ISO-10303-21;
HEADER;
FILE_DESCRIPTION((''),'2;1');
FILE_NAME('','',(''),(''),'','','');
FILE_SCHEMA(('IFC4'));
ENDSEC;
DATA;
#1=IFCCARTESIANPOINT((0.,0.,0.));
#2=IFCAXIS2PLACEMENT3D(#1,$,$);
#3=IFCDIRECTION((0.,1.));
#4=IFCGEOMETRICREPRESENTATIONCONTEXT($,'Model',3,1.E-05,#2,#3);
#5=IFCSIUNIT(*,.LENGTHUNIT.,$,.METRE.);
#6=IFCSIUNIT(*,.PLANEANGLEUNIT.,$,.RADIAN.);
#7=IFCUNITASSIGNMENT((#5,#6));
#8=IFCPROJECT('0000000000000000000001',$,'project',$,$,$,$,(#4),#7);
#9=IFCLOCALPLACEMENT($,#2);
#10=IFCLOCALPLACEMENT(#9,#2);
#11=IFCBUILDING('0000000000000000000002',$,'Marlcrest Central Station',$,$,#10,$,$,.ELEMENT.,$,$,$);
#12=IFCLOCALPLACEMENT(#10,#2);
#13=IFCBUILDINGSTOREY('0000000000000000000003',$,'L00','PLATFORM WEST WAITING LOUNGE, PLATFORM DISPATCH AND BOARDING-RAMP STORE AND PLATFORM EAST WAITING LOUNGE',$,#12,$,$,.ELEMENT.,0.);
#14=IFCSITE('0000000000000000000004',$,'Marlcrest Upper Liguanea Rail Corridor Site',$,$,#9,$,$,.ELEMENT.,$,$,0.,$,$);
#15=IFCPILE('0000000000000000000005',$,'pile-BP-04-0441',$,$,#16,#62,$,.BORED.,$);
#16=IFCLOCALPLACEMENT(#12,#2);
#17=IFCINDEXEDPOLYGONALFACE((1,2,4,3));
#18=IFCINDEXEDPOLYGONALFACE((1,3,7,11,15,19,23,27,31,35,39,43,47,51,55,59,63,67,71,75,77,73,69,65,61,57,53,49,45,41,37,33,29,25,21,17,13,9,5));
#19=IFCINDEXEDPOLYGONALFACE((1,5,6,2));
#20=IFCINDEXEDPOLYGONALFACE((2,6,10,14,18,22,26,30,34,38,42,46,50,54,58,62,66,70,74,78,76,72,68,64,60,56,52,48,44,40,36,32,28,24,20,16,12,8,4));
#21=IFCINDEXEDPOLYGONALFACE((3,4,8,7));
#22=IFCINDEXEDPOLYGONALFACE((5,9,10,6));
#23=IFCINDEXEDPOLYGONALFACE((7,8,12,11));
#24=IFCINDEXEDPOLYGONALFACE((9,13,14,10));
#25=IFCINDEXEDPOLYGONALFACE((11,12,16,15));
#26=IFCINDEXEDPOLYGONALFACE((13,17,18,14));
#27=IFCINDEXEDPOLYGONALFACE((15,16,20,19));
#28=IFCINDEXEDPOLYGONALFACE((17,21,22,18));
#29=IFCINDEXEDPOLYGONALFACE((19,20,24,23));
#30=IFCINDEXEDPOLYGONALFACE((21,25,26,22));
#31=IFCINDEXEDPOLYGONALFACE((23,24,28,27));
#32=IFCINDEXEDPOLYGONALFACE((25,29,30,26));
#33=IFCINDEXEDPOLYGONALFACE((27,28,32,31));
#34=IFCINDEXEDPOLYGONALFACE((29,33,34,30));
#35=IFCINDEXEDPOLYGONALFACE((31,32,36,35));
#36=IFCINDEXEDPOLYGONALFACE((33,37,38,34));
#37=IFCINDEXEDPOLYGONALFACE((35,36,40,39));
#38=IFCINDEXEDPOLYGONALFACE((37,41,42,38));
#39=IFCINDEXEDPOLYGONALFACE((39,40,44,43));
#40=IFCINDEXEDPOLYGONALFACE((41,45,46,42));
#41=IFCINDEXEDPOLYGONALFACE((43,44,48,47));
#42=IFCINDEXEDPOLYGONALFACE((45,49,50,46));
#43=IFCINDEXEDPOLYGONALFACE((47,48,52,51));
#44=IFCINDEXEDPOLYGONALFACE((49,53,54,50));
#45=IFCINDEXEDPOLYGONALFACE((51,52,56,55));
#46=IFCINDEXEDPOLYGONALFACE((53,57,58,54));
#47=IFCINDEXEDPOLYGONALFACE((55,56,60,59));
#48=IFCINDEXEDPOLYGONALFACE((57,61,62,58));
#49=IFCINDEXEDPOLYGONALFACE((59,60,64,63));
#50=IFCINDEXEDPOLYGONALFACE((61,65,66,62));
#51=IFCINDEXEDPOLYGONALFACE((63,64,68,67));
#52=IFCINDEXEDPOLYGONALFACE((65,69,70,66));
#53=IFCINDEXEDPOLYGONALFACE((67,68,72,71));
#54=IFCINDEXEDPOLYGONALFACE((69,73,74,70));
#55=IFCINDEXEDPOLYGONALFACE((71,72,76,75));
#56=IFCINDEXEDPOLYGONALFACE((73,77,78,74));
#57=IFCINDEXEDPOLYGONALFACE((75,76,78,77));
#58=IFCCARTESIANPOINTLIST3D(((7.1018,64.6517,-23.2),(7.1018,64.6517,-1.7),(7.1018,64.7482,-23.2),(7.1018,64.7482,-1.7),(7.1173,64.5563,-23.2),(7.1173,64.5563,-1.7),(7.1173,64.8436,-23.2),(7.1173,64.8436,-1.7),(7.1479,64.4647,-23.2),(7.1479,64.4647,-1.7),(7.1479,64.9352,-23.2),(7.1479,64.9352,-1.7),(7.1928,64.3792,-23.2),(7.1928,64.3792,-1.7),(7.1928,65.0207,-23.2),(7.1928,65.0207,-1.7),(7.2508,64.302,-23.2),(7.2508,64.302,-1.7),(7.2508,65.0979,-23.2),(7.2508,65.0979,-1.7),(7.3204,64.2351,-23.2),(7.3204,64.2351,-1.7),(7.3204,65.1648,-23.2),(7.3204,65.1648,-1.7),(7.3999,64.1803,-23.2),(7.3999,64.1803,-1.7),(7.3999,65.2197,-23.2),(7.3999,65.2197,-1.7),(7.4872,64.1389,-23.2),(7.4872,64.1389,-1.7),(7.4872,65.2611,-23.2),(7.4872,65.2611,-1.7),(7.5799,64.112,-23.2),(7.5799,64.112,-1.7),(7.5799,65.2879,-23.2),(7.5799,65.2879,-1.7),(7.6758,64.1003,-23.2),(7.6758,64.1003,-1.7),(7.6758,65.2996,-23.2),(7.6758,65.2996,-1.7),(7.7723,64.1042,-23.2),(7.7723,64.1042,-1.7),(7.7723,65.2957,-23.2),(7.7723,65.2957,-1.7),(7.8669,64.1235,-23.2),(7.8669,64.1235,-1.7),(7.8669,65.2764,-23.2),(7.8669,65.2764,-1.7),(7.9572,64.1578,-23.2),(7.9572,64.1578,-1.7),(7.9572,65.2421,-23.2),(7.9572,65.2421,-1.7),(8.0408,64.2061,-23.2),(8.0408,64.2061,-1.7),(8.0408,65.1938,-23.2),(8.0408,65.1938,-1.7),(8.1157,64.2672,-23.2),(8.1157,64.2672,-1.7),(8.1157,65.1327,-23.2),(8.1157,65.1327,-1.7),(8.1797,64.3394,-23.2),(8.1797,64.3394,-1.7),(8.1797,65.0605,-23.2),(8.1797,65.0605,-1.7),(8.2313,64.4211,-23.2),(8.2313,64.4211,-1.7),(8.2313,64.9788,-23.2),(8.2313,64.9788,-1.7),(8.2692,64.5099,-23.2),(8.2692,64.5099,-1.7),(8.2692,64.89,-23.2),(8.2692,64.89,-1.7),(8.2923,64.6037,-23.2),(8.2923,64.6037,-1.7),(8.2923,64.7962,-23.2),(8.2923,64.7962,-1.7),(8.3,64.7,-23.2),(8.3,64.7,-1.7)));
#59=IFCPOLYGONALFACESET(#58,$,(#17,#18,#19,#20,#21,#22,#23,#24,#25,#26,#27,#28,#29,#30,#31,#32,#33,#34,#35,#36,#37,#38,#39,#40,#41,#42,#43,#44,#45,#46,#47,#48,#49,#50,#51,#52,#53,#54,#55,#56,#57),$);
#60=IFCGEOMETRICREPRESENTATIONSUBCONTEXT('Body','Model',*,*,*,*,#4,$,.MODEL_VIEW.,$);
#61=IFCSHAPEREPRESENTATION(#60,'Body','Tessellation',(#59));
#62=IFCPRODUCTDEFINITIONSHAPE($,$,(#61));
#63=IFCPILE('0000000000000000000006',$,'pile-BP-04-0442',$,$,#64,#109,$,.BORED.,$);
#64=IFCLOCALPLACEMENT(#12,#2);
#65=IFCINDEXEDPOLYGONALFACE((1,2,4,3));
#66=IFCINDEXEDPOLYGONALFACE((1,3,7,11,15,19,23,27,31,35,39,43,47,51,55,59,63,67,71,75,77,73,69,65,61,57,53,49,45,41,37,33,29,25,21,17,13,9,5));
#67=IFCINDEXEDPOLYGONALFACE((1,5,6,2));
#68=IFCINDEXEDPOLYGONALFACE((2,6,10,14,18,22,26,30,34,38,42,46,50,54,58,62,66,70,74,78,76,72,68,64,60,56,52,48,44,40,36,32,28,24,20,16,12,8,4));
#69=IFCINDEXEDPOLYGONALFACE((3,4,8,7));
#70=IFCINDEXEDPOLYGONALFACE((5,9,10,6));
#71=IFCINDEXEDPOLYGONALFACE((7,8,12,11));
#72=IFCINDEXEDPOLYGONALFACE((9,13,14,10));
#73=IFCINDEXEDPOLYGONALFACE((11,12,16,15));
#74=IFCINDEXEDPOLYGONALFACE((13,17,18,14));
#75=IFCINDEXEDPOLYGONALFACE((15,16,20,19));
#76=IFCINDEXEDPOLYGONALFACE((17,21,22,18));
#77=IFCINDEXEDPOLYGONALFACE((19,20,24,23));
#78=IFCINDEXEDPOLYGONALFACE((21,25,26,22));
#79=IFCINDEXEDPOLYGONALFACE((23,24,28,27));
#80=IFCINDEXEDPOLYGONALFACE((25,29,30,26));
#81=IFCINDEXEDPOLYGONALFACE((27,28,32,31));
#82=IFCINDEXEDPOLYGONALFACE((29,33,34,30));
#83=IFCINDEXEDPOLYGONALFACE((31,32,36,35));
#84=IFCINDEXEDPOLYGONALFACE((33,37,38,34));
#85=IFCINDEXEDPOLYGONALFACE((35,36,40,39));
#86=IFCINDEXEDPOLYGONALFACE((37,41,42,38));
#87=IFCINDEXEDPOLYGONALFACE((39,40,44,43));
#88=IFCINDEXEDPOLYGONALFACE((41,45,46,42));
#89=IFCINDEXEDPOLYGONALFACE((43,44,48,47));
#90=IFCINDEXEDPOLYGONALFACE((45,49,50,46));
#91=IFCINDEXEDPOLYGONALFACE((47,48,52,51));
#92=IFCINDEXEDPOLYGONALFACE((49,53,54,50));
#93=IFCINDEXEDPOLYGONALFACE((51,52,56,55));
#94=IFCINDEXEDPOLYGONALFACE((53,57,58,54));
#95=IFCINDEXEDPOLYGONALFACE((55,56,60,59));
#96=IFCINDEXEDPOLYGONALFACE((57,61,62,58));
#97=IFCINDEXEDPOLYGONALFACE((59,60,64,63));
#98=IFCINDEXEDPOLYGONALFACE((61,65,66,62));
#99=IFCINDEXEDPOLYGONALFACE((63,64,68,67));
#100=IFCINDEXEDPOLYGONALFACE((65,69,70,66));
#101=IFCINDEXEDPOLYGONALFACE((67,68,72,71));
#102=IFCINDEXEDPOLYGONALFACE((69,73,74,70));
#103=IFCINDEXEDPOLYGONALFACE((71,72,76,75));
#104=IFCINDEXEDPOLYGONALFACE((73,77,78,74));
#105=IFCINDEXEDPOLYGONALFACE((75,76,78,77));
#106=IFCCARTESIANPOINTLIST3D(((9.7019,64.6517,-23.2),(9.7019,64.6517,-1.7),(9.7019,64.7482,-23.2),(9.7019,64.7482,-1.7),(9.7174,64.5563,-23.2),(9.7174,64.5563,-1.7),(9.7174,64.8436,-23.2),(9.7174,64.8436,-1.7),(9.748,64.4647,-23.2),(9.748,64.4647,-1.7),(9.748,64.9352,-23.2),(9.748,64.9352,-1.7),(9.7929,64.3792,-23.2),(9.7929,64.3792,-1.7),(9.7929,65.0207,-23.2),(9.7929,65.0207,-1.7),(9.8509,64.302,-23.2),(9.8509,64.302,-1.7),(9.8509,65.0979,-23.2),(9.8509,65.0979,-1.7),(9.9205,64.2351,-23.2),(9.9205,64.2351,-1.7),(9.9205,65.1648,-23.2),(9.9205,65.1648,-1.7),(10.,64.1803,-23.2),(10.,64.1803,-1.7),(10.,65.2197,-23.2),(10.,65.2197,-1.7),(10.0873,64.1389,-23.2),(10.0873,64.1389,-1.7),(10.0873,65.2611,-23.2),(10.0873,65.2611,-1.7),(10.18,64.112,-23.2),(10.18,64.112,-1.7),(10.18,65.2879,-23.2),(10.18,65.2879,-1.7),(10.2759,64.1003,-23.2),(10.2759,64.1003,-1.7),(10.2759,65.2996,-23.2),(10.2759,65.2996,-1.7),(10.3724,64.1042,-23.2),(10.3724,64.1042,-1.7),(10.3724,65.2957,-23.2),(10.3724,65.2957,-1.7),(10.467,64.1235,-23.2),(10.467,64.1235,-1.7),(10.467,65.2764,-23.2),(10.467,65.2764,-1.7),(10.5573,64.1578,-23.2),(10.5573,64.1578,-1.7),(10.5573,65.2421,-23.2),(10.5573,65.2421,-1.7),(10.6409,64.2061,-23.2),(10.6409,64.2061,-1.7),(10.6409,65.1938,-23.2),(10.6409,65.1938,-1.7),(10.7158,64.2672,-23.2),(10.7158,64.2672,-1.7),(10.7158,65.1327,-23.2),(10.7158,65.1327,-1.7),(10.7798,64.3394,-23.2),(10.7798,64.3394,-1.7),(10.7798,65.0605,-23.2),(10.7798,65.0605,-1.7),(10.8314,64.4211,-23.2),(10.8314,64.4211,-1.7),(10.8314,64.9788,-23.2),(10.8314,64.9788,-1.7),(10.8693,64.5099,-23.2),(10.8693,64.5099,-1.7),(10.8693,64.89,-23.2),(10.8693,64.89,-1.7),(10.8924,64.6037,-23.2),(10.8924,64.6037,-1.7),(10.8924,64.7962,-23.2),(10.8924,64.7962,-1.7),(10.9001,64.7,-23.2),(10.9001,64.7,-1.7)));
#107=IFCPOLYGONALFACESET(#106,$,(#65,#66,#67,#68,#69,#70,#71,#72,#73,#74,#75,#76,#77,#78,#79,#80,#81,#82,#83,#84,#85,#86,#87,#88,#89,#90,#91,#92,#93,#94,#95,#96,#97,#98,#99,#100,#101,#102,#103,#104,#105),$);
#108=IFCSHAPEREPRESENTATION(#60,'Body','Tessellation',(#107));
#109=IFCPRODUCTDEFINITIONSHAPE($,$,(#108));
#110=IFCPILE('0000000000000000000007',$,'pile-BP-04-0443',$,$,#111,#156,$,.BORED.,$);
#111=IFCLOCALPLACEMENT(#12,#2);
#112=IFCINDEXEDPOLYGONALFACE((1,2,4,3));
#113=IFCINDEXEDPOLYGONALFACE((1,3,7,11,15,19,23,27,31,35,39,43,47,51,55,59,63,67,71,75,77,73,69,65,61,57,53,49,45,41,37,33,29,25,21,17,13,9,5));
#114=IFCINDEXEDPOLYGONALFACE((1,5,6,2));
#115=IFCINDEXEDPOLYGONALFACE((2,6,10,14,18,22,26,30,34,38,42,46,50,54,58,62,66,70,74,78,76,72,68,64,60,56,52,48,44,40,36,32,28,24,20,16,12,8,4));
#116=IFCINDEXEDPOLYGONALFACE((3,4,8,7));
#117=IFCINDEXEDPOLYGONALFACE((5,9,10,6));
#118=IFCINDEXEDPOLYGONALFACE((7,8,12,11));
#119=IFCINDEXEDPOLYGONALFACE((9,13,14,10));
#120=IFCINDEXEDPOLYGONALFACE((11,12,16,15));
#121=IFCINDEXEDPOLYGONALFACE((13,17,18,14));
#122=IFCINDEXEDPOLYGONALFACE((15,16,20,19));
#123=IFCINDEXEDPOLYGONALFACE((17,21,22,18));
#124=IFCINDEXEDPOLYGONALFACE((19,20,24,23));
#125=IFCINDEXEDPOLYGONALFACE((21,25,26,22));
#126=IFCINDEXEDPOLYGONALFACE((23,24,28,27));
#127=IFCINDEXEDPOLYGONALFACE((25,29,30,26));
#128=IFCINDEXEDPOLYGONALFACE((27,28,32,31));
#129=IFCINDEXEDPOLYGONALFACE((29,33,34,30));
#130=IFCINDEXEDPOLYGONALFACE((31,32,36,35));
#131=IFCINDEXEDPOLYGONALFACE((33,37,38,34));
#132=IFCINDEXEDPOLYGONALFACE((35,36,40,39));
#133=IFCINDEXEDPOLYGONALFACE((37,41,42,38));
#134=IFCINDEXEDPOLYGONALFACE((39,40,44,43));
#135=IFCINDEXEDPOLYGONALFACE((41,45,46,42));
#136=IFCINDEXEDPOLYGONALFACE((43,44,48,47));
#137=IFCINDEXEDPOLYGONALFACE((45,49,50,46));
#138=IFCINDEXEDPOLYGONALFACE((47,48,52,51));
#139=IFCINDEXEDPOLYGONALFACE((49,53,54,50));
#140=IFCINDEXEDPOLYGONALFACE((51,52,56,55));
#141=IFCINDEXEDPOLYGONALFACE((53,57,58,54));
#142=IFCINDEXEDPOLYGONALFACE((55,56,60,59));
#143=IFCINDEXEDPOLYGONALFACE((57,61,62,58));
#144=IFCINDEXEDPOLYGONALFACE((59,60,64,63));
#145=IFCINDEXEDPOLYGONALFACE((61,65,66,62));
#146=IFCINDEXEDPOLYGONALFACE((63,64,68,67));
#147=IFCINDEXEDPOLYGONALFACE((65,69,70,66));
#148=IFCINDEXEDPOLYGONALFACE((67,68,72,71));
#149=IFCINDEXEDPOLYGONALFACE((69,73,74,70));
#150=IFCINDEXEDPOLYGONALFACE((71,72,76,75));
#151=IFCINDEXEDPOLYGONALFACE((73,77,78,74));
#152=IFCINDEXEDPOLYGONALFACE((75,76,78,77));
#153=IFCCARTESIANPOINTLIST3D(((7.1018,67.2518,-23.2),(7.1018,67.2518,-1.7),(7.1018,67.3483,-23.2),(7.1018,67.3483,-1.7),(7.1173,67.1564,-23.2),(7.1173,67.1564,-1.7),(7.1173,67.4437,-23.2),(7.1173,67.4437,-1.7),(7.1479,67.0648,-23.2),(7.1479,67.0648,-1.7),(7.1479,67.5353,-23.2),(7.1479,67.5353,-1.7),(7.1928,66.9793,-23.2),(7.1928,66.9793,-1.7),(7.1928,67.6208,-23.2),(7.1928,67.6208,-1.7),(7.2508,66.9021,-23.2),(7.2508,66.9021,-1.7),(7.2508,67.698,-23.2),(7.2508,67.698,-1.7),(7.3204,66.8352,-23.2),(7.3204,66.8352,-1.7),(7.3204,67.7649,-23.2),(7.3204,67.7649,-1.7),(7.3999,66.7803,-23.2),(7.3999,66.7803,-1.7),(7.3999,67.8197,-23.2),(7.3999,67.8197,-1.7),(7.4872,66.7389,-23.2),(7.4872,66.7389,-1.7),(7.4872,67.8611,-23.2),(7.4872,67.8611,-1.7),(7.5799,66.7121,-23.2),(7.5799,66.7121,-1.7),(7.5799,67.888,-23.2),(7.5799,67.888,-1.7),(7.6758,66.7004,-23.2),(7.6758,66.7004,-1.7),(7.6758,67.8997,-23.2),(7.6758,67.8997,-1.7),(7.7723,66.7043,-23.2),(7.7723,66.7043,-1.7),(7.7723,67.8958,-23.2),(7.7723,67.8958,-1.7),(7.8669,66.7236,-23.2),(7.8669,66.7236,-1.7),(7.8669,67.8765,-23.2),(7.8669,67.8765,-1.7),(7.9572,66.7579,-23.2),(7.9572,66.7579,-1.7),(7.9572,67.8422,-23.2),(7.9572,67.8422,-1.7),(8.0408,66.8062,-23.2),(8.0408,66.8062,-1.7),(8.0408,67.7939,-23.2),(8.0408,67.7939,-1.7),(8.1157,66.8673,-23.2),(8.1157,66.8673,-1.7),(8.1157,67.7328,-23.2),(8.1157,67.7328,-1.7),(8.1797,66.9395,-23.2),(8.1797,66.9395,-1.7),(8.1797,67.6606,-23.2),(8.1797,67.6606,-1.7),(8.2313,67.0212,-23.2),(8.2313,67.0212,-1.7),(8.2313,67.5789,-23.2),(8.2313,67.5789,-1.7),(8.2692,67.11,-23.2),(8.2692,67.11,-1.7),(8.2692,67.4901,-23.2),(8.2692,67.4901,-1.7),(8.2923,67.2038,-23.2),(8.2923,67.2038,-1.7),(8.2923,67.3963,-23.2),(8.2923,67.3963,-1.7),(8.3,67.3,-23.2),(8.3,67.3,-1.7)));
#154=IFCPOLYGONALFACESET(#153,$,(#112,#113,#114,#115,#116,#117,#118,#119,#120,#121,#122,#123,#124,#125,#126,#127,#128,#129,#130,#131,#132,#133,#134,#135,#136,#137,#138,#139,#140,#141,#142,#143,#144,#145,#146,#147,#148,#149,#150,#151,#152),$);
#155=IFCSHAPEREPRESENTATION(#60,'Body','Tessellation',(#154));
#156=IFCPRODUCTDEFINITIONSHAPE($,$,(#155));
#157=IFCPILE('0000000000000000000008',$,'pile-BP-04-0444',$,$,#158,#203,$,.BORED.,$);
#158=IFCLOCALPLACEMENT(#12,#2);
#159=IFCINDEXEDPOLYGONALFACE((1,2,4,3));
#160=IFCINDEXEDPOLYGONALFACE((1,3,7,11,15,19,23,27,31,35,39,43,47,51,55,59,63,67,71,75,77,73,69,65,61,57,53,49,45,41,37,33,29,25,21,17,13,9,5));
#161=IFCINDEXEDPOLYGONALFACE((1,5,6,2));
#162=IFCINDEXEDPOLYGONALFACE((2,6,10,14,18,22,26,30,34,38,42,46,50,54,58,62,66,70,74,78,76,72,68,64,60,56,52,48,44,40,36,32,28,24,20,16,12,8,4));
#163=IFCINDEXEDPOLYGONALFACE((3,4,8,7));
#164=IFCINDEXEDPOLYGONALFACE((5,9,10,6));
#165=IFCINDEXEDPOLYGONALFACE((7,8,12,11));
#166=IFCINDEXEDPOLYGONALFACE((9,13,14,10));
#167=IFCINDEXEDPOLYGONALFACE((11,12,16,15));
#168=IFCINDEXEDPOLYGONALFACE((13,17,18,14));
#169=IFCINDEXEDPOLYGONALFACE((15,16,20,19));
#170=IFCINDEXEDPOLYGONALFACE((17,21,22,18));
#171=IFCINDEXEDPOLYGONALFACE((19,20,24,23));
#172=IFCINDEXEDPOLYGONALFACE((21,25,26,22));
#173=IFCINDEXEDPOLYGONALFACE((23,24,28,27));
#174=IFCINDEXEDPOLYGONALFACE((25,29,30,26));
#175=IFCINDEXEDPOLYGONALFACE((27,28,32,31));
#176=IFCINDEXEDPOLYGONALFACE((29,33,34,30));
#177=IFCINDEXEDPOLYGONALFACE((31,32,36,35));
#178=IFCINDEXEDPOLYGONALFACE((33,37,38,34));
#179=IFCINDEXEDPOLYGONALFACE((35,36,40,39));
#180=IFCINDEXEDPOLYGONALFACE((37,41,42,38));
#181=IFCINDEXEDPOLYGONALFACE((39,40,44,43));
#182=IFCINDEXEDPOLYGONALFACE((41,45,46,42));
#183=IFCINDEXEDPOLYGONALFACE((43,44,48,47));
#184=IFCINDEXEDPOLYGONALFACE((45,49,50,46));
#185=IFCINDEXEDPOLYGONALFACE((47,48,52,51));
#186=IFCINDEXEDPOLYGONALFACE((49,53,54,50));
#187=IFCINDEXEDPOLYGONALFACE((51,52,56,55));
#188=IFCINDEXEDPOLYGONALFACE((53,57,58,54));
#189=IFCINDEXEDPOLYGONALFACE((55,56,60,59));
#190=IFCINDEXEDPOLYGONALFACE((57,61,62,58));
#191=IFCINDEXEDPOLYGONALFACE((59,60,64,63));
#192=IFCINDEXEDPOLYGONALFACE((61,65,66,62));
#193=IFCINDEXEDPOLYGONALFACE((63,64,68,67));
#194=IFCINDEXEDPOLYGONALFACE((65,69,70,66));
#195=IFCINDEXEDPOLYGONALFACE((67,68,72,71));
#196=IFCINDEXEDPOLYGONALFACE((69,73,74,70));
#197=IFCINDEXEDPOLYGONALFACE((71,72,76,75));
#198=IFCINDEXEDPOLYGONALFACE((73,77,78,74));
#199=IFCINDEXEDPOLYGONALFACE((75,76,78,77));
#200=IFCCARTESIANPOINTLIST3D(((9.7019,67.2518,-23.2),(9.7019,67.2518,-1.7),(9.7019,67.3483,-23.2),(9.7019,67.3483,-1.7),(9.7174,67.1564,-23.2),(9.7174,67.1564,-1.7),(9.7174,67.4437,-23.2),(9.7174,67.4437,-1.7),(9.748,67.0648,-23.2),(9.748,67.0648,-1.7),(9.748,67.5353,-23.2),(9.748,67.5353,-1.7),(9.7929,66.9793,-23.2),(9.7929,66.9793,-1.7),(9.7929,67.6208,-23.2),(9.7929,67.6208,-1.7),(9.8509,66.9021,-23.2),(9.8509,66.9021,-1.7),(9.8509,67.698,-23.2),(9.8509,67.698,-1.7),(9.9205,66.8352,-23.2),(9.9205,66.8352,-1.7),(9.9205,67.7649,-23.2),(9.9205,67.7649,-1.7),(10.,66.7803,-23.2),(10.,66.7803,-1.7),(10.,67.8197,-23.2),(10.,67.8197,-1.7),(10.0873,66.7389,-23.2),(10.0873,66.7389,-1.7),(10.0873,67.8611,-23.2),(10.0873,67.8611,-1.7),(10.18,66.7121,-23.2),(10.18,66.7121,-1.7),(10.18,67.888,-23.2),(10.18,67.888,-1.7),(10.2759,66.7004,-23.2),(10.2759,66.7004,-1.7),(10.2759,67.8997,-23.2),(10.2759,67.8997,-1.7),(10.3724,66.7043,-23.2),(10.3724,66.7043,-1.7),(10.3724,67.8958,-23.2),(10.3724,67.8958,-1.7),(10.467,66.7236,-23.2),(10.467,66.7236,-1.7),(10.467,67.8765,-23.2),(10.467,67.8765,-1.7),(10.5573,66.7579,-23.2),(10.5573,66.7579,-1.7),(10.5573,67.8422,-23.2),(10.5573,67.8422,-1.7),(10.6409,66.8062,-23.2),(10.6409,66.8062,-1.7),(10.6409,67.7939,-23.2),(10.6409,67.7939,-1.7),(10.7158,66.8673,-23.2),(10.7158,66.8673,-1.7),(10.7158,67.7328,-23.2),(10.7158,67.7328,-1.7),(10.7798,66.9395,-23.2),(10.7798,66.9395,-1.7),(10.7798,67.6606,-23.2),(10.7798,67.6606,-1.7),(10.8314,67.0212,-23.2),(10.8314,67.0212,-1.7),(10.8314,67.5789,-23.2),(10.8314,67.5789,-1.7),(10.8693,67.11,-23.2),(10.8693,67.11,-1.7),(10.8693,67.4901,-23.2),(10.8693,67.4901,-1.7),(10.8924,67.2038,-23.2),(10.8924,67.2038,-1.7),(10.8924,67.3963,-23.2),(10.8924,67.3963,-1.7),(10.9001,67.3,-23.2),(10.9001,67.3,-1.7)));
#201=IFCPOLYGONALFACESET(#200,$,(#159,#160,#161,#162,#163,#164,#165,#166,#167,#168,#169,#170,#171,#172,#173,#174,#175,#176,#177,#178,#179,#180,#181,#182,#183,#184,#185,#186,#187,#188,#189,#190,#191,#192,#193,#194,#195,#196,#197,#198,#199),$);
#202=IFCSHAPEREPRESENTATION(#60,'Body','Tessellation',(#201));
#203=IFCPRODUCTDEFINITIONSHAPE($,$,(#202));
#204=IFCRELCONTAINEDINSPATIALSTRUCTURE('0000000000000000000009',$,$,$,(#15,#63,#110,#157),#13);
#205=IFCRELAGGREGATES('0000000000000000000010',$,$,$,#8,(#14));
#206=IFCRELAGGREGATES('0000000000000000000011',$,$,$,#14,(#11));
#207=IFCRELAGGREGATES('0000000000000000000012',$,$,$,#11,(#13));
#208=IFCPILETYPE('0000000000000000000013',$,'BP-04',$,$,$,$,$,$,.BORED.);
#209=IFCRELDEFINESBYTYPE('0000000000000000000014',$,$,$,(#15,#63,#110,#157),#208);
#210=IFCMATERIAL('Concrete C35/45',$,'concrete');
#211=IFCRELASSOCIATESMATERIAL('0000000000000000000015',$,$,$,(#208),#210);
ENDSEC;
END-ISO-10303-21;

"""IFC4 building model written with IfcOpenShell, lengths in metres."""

from ifc_helpers import new_model, si_unit, direction, frame, origin, origin_2d, place, context, subcontext, project, spatial, circle, extrude, material, material_profile, profile_set, type_object, element, save


model = new_model("IFC4")

# Units and contexts
model_context = context("Model", 3, precision=1e-05, world=origin(), true_north=direction((0.0, 1.0)))
body_context = subcontext(model_context, "Body", "Model", "MODEL_VIEW")
ifc_project = project(units=[si_unit("LENGTHUNIT", "METRE"), si_unit("PLANEANGLEUNIT", "RADIAN")], contexts=[model_context])

# Site, building, storey
site_placement = place(None, origin())
site = spatial("IfcSite", under=ifc_project, at=site_placement, Name="Marlcrest Upper Liguanea Rail Corridor Site", CompositionType="ELEMENT", RefElevation=0.0)
building_placement = place(site_placement, origin())
building = spatial("IfcBuilding", under=site, at=building_placement, Name="Marlcrest Central Station", CompositionType="ELEMENT")
storey_placement = place(building_placement, origin())
storey = spatial("IfcBuildingStorey", under=building, at=storey_placement, Name="L00", Description="PLATFORM WEST WAITING LOUNGE, PLATFORM DISPATCH AND BOARDING-RAMP STORE AND PLATFORM EAST WAITING LOUNGE", CompositionType="ELEMENT", Elevation=0.0)

# Piles
ifc_material_1 = material(Name="Concrete C35/45", Category="concrete")
ifc_material_profile_1 = material_profile(ifc_material_1, circle(Radius=0.6001, at=origin_2d()), Name="PILE D1200")
ifc_profile_set_1 = profile_set([ifc_material_profile_1], Name="Concrete C35/45")
pile_type = type_object("IfcPileType", Name="BP-04", PredefinedType="BORED", material=ifc_profile_set_1)
for number, where, z_axis, x_axis, name in (
    (1, (7.7, 64.7, -1.7), (0.0, 0.0, -1.0), (1.0, 0.0, 0.0), "pile-BP-04-0441"),
    (2, (10.3, 64.7, -1.7), (0.0, 0.0, -1.0), (1.0, 0.0, 0.0), "pile-BP-04-0442"),
    (3, (7.7, 67.3, -1.7), (0.0, 0.0, -1.0), (1.0, 0.0, 0.0), "pile-BP-04-0443"),
    (4, (10.3, 67.3, -1.7), (0.0, 0.0, -1.0), (1.0, 0.0, 0.0), "pile-BP-04-0444"),
):
    element("IfcPile", number, at=place(storey_placement, frame(where, z_axis=z_axis, x_axis=x_axis)), inside=storey, type_object=pile_type, Name=name, PredefinedType="BORED", context=body_context, shape_type="SweptSolid", body=[
        extrude(circle(Radius=0.6001, at=origin_2d()), origin(), (0.0, 0.0, 1.0), 21.5),
    ])

save(model, "model.ifc")
